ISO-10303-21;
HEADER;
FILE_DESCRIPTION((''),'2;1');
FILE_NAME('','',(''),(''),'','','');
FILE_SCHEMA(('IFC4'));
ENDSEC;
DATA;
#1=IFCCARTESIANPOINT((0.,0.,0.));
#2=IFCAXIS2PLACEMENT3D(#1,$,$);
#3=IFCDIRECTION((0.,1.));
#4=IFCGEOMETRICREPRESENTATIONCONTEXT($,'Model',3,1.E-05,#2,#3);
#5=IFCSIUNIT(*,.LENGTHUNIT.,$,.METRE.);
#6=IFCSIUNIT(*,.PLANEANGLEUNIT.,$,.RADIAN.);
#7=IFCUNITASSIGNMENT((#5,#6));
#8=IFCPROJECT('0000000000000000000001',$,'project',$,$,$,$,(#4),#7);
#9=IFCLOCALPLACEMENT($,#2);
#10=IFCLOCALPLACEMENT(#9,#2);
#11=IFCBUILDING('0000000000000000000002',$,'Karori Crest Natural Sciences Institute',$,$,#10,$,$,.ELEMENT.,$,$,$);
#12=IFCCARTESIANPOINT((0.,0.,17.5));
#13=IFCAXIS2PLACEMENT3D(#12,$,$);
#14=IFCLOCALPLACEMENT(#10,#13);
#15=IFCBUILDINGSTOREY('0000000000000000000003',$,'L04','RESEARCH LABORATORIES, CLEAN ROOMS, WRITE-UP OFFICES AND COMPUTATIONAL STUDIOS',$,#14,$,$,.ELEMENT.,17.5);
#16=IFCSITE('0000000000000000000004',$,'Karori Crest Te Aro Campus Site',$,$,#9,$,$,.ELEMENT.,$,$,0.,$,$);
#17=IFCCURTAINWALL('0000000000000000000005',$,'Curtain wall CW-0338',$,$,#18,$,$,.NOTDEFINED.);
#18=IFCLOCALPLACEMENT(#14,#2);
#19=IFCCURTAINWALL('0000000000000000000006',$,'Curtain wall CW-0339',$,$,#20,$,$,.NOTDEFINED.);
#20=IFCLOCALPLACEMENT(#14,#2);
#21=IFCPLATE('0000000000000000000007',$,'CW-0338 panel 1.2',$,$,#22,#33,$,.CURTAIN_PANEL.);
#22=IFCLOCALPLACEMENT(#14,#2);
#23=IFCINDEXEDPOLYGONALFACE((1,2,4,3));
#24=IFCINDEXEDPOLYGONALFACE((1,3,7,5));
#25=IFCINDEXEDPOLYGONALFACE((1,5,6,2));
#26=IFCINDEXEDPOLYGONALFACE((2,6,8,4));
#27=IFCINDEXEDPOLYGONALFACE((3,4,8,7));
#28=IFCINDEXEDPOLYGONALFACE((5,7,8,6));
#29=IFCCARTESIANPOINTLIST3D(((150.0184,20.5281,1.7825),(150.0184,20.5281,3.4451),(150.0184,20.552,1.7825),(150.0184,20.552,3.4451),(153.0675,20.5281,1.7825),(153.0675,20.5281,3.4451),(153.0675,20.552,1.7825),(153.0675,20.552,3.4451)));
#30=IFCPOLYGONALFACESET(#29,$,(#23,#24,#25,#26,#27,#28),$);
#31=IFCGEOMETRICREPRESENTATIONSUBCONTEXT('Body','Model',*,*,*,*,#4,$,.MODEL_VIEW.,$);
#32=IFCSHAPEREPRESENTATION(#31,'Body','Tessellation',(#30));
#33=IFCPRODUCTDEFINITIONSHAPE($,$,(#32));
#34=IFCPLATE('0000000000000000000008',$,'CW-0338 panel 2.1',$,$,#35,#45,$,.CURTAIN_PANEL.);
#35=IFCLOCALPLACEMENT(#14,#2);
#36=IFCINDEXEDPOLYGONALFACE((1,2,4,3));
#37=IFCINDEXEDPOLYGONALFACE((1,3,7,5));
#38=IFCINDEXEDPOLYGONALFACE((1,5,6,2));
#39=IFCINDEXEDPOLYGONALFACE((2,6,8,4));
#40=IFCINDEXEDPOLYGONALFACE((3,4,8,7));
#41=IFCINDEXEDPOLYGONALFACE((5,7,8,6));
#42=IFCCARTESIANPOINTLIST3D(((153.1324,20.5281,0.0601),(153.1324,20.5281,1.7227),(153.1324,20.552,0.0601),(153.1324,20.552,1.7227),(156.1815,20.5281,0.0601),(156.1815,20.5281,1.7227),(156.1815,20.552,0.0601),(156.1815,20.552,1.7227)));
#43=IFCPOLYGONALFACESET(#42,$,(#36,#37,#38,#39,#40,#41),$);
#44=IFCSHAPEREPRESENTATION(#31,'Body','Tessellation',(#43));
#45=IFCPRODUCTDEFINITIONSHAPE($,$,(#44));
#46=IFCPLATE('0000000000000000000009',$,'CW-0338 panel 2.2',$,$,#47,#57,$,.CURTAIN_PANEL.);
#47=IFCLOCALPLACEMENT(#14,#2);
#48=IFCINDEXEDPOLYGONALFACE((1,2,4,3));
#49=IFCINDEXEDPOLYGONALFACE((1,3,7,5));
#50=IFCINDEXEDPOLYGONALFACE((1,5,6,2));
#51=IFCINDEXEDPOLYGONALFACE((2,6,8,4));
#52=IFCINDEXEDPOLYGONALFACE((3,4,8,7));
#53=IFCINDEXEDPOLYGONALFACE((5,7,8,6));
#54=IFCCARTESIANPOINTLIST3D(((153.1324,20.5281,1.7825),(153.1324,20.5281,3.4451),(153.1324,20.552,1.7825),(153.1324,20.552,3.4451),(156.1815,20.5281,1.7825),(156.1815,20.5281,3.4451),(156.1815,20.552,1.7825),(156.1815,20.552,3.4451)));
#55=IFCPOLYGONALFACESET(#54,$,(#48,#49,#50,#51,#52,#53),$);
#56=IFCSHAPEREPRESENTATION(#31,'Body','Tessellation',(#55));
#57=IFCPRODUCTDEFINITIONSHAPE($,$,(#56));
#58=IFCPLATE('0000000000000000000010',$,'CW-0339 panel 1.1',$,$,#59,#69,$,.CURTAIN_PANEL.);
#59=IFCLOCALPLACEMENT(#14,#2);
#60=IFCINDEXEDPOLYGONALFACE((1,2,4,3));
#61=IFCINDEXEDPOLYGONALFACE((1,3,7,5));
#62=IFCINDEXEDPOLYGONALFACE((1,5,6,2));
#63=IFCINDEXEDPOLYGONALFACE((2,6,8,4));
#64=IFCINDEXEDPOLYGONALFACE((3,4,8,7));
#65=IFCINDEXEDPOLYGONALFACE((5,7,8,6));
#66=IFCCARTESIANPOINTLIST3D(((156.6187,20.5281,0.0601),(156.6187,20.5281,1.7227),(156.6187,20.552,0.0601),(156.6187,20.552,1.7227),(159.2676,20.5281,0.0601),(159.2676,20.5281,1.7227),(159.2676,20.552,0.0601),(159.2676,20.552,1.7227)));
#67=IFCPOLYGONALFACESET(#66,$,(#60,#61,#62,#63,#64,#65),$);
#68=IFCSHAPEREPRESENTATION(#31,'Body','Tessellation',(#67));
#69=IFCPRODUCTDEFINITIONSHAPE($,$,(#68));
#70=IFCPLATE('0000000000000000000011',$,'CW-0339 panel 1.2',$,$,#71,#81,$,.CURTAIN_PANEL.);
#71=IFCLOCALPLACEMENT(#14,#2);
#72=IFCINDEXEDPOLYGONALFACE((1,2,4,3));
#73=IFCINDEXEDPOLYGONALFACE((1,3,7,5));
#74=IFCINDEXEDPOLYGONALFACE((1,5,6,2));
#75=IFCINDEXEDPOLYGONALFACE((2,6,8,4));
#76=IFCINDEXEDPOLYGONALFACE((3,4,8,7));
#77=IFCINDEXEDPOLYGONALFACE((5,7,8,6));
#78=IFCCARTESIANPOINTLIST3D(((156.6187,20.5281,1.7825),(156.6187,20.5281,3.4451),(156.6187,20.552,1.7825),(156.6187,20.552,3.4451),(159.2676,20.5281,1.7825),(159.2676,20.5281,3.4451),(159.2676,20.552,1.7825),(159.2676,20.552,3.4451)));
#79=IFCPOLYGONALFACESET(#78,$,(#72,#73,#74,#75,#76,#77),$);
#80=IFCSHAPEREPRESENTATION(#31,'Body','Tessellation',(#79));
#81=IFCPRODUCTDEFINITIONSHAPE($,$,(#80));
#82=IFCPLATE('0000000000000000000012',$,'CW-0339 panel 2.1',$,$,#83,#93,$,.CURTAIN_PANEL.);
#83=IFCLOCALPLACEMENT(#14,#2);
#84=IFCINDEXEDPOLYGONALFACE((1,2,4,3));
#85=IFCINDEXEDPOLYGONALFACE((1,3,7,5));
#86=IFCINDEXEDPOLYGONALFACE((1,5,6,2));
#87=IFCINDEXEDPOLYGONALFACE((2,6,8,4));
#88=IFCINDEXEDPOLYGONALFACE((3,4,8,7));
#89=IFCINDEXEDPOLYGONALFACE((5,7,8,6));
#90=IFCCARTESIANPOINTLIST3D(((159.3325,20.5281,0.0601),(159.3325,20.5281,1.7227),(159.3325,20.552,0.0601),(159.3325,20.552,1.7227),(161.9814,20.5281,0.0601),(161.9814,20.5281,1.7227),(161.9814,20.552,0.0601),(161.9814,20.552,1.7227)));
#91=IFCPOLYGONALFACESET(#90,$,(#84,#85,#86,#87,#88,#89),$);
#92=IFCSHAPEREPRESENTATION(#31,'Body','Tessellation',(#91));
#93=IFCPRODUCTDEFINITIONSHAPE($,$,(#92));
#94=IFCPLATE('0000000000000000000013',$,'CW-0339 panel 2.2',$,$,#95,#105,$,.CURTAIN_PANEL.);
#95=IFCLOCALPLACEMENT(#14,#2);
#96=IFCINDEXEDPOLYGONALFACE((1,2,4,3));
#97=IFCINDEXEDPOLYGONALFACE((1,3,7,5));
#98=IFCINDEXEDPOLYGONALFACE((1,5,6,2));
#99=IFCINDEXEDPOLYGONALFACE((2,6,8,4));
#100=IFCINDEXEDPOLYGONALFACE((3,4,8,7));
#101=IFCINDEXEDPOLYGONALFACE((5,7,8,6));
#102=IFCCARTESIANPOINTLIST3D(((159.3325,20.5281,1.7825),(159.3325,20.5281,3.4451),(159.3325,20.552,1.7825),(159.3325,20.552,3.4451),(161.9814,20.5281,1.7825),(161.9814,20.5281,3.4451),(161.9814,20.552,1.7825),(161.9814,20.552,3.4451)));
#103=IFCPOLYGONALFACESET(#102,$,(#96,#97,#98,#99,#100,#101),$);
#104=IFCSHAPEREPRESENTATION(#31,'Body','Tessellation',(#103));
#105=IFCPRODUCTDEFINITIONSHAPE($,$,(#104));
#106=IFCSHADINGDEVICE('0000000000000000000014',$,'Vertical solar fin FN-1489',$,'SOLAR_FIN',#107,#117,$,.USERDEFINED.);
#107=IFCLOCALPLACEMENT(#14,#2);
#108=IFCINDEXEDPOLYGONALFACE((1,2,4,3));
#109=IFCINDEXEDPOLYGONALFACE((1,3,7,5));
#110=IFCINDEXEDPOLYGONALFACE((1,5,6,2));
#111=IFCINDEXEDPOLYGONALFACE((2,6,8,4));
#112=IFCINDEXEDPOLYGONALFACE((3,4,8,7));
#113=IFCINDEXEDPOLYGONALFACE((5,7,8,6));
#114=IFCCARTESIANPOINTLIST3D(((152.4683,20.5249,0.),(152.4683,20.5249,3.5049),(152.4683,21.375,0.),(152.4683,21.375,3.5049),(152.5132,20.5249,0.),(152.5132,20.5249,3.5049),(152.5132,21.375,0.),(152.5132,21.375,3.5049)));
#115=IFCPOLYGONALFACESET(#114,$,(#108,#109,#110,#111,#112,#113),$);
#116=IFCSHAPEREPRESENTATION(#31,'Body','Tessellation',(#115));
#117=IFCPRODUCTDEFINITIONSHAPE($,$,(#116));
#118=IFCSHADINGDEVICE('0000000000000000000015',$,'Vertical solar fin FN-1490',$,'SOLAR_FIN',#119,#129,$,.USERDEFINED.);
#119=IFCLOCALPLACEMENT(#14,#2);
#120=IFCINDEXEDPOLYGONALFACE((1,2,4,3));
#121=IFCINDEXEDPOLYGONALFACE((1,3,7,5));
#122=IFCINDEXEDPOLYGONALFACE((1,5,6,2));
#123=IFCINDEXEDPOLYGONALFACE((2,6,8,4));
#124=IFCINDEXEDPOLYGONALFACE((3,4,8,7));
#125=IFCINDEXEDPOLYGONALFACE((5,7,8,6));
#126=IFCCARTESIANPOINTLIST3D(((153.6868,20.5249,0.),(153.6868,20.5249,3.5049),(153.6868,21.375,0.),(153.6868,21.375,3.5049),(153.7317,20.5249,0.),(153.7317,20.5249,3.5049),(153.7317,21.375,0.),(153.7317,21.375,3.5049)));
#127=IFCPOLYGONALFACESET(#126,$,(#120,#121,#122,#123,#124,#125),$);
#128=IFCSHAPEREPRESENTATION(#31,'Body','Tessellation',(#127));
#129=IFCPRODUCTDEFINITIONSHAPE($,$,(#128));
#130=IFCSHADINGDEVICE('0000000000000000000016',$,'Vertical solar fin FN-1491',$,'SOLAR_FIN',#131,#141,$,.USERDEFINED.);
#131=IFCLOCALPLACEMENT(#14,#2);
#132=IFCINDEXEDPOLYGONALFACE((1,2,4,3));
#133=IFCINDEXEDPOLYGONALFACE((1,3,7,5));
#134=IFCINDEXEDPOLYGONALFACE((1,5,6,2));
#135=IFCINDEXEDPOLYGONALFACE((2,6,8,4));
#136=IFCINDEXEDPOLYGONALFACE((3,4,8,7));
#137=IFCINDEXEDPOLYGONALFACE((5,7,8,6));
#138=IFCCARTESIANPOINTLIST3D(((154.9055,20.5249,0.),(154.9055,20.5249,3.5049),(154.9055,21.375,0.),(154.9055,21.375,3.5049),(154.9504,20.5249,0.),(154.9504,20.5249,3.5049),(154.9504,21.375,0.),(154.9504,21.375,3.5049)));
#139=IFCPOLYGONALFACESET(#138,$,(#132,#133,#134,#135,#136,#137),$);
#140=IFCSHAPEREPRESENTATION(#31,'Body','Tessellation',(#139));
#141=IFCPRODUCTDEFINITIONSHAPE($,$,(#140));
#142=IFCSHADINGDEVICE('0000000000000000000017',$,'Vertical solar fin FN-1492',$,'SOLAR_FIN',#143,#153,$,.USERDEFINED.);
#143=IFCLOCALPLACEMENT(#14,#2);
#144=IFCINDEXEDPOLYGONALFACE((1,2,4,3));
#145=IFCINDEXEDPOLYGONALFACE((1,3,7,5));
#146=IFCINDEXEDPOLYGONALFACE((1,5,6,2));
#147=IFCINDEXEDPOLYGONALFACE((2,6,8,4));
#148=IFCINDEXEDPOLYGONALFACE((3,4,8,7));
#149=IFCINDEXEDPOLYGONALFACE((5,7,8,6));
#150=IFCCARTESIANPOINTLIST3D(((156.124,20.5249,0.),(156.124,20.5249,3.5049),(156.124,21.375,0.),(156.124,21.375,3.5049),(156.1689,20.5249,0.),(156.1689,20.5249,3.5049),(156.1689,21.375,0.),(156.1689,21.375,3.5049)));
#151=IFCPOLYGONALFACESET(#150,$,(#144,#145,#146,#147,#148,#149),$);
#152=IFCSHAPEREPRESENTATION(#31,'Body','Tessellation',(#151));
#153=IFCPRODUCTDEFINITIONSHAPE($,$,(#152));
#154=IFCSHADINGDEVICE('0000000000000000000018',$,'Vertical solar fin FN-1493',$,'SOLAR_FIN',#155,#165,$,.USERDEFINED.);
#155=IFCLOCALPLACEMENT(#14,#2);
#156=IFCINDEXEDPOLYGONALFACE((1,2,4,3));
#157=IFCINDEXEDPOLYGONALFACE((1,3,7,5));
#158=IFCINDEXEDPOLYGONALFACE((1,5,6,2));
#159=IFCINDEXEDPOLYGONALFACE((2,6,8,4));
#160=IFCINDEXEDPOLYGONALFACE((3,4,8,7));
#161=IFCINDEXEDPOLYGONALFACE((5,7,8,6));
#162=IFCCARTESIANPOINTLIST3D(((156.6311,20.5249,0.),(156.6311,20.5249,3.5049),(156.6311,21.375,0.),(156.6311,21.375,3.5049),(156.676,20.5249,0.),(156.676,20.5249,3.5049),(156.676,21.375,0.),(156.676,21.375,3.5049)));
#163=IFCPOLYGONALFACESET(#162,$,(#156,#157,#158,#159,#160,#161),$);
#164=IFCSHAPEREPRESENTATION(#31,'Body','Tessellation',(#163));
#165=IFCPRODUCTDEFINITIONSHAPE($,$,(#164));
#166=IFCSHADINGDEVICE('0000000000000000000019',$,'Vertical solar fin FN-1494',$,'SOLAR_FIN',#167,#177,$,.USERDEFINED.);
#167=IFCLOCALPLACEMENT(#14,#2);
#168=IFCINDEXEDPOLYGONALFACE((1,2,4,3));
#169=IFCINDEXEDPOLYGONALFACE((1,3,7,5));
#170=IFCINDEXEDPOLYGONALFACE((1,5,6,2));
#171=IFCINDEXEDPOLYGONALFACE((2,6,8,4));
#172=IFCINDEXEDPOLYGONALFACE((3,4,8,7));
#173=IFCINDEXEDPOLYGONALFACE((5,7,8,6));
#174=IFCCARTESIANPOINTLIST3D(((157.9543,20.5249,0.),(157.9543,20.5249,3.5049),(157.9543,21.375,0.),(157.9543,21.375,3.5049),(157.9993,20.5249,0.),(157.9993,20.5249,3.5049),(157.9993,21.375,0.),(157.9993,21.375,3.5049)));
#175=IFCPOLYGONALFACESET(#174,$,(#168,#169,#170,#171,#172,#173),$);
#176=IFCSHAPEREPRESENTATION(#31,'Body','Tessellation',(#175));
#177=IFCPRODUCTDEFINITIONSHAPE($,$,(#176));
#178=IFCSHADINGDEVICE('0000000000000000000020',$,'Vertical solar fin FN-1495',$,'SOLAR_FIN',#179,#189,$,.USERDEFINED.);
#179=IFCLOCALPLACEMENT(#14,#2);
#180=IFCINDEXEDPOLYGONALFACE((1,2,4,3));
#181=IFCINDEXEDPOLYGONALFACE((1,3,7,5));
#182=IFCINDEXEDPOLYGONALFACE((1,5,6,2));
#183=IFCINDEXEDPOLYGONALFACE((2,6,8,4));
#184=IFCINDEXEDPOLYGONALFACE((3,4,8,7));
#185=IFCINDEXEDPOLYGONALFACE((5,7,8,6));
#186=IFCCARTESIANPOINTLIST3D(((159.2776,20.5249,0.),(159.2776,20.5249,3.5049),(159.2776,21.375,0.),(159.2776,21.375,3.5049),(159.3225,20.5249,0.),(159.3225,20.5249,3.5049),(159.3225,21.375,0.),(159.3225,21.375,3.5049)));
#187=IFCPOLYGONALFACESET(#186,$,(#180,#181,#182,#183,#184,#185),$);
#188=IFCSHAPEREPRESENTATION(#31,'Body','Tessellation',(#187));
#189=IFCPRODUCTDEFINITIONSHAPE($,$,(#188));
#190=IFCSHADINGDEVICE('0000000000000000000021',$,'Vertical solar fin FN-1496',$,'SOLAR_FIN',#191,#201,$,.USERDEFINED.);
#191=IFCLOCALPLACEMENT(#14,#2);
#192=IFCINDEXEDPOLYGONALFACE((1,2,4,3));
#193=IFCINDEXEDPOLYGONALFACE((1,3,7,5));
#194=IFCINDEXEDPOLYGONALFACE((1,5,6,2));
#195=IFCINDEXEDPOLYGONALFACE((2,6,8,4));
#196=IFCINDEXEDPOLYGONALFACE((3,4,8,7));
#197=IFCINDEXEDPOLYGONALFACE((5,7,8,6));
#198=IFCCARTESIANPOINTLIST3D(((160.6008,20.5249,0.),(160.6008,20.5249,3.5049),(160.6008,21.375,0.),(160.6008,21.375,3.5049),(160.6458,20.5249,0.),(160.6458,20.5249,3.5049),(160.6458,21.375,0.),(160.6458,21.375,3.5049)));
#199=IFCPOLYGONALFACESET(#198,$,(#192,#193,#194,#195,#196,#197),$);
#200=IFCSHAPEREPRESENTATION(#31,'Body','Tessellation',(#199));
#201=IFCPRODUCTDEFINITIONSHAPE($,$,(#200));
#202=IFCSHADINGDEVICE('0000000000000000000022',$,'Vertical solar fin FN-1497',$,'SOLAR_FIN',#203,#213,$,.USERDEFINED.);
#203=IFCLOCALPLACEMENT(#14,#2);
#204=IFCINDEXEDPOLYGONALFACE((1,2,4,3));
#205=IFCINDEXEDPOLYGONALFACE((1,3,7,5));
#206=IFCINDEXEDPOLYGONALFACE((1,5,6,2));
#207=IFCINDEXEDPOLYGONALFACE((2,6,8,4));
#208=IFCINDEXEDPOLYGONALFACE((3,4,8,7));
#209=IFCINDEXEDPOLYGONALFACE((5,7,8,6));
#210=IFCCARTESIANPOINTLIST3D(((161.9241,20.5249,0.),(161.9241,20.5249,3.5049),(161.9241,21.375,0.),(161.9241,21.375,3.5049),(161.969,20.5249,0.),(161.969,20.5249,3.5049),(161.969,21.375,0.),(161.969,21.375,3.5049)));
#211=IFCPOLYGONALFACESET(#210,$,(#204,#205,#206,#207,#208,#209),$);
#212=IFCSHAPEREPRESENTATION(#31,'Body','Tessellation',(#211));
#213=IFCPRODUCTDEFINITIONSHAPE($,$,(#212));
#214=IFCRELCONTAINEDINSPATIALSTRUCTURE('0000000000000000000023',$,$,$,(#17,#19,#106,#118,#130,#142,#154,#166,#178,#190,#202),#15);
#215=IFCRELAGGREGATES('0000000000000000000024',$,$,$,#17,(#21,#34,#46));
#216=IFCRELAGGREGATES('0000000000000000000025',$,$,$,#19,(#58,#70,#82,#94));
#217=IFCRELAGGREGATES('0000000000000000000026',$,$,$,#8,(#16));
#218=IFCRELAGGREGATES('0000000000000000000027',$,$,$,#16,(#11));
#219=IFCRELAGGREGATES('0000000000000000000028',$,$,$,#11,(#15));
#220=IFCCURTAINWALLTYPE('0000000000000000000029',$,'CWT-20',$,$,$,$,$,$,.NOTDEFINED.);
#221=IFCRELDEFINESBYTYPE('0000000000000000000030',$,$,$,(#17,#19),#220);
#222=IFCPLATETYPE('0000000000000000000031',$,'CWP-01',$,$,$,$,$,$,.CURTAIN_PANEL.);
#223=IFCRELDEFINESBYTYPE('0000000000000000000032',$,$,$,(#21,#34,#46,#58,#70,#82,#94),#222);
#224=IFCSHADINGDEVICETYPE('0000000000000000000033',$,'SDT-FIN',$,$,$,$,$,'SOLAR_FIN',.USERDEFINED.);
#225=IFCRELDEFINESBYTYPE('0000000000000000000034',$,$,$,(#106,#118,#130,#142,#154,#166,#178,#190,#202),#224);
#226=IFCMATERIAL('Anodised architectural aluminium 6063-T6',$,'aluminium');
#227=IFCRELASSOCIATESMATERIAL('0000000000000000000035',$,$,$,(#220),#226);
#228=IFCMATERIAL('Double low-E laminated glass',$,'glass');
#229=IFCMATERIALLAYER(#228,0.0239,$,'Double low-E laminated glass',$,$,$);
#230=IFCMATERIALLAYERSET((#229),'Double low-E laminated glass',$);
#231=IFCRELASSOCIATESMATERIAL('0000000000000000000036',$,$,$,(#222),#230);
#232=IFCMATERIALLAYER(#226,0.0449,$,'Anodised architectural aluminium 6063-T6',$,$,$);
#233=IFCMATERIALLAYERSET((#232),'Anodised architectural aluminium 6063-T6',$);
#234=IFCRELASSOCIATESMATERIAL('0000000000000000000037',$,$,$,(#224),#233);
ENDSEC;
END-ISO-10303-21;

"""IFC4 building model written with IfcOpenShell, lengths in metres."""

from ifc_helpers import new_model, si_unit, direction, frame, origin, origin_2d, place, context, subcontext, project, spatial, rectangle, extrude, material, layer, layer_set, type_object, element, aggregate, save


model = new_model("IFC4")

# Units and contexts
model_context = context("Model", 3, precision=1e-05, world=origin(), true_north=direction((0.0, 1.0)))
body_context = subcontext(model_context, "Body", "Model", "MODEL_VIEW")
ifc_project = project(units=[si_unit("LENGTHUNIT", "METRE"), si_unit("PLANEANGLEUNIT", "RADIAN")], contexts=[model_context])

# Site, building, storey
site_placement = place(None, origin())
site = spatial("IfcSite", under=ifc_project, at=site_placement, Name="Karori Crest Te Aro Campus Site", CompositionType="ELEMENT", RefElevation=0.0)
building_placement = place(site_placement, origin())
building = spatial("IfcBuilding", under=site, at=building_placement, Name="Karori Crest Natural Sciences Institute", CompositionType="ELEMENT")
storey_placement = place(building_placement, frame((0.0, 0.0, 17.5)))
storey = spatial("IfcBuildingStorey", under=building, at=storey_placement, Name="L04", Description="RESEARCH LABORATORIES, CLEAN ROOMS, WRITE-UP OFFICES AND COMPUTATIONAL STUDIOS", CompositionType="ELEMENT", Elevation=17.5)

# Curtain walls
ifc_material_1 = material(Name="Anodised architectural aluminium 6063-T6", Category="aluminium")
curtain_wall_type = type_object("IfcCurtainWallType", Name="CWT-20", PredefinedType="NOTDEFINED", material=ifc_material_1)
curtain_wall_1_placement = place(storey_placement, origin())
curtain_wall_1 = element("IfcCurtainWall", 1, at=curtain_wall_1_placement, inside=storey, type_object=curtain_wall_type, Name="Curtain wall CW-0338", PredefinedType="NOTDEFINED")
curtain_wall_2_placement = place(storey_placement, origin())
curtain_wall_2 = element("IfcCurtainWall", 2, at=curtain_wall_2_placement, inside=storey, type_object=curtain_wall_type, Name="Curtain wall CW-0339", PredefinedType="NOTDEFINED")

# Plates
ifc_material_2 = material(Name="Double low-E laminated glass", Category="glass")
ifc_layer_1 = layer(ifc_material_2, 0.0239, Name="Double low-E laminated glass")
ifc_layer_set_1 = layer_set([ifc_layer_1], Name="Double low-E laminated glass")
plate_type = type_object("IfcPlateType", Name="CWP-01", PredefinedType="CURTAIN_PANEL", material=ifc_layer_set_1)
plate_1_placement = place(storey_placement, frame((151.543, 20.54, 1.7825), z_axis=(0.0, 0.0, 1.0), x_axis=(1.0, 0.0, 0.0)))
plate_1 = element("IfcPlate", 3, at=plate_1_placement, type_object=plate_type, Name="CW-0338 panel 1.2", PredefinedType="CURTAIN_PANEL", context=body_context, shape_type="SweptSolid", body=[
    extrude(rectangle(XDim=3.0491, YDim=0.0239, at=origin_2d()), origin(), (0.0, 0.0, 1.0), 1.6626),
])
plate_2_placement = place(storey_placement, frame((154.657, 20.54, 0.0601), z_axis=(0.0, 0.0, 1.0), x_axis=(1.0, 0.0, 0.0)))
plate_2 = element("IfcPlate", 4, at=plate_2_placement, type_object=plate_type, Name="CW-0338 panel 2.1", PredefinedType="CURTAIN_PANEL", context=body_context, shape_type="SweptSolid", body=[
    extrude(rectangle(XDim=3.0491, YDim=0.0239, at=origin_2d()), origin(), (0.0, 0.0, 1.0), 1.6626),
])
plate_3_placement = place(storey_placement, frame((154.657, 20.54, 1.7825), z_axis=(0.0, 0.0, 1.0), x_axis=(1.0, 0.0, 0.0)))
plate_3 = element("IfcPlate", 5, at=plate_3_placement, type_object=plate_type, Name="CW-0338 panel 2.2", PredefinedType="CURTAIN_PANEL", context=body_context, shape_type="SweptSolid", body=[
    extrude(rectangle(XDim=3.0491, YDim=0.0239, at=origin_2d()), origin(), (0.0, 0.0, 1.0), 1.6626),
])
aggregate(curtain_wall_1, [plate_1, plate_2, plate_3])
plate_4_placement = place(storey_placement, frame((157.9431, 20.54, 0.0601), z_axis=(0.0, 0.0, 1.0), x_axis=(1.0, 0.0, 0.0)))
plate_4 = element("IfcPlate", 6, at=plate_4_placement, type_object=plate_type, Name="CW-0339 panel 1.1", PredefinedType="CURTAIN_PANEL", context=body_context, shape_type="SweptSolid", body=[
    extrude(rectangle(XDim=2.6489, YDim=0.0239, at=origin_2d()), origin(), (0.0, 0.0, 1.0), 1.6626),
])
plate_5_placement = place(storey_placement, frame((157.9431, 20.54, 1.7825), z_axis=(0.0, 0.0, 1.0), x_axis=(1.0, 0.0, 0.0)))
plate_5 = element("IfcPlate", 7, at=plate_5_placement, type_object=plate_type, Name="CW-0339 panel 1.2", PredefinedType="CURTAIN_PANEL", context=body_context, shape_type="SweptSolid", body=[
    extrude(rectangle(XDim=2.6489, YDim=0.0239, at=origin_2d()), origin(), (0.0, 0.0, 1.0), 1.6626),
])
plate_6_placement = place(storey_placement, frame((160.657, 20.54, 0.0601), z_axis=(0.0, 0.0, 1.0), x_axis=(1.0, 0.0, 0.0)))
plate_6 = element("IfcPlate", 8, at=plate_6_placement, type_object=plate_type, Name="CW-0339 panel 2.1", PredefinedType="CURTAIN_PANEL", context=body_context, shape_type="SweptSolid", body=[
    extrude(rectangle(XDim=2.6489, YDim=0.0239, at=origin_2d()), origin(), (0.0, 0.0, 1.0), 1.6626),
])
plate_7_placement = place(storey_placement, frame((160.657, 20.54, 1.7825), z_axis=(0.0, 0.0, 1.0), x_axis=(1.0, 0.0, 0.0)))
plate_7 = element("IfcPlate", 9, at=plate_7_placement, type_object=plate_type, Name="CW-0339 panel 2.2", PredefinedType="CURTAIN_PANEL", context=body_context, shape_type="SweptSolid", body=[
    extrude(rectangle(XDim=2.6489, YDim=0.0239, at=origin_2d()), origin(), (0.0, 0.0, 1.0), 1.6626),
])
aggregate(curtain_wall_2, [plate_4, plate_5, plate_6, plate_7])

# Shading devices
ifc_layer_2 = layer(ifc_material_1, 0.0449, Name="Anodised architectural aluminium 6063-T6")
ifc_layer_set_2 = layer_set([ifc_layer_2], Name="Anodised architectural aluminium 6063-T6")
shading_device_type = type_object("IfcShadingDeviceType", Name="SDT-FIN", ElementType="SOLAR_FIN", PredefinedType="USERDEFINED", material=ifc_layer_set_2)
for number, where, z_axis, x_axis, name in (
    (10, (152.4907, 20.95, 0.0), (0.0, 0.0, 1.0), (0.0, 1.0, 0.0), "Vertical solar fin FN-1489"),
    (11, (153.7092, 20.95, 0.0), (0.0, 0.0, 1.0), (0.0, 1.0, 0.0), "Vertical solar fin FN-1490"),
    (12, (154.928, 20.95, 0.0), (0.0, 0.0, 1.0), (0.0, 1.0, 0.0), "Vertical solar fin FN-1491"),
    (13, (156.1465, 20.95, 0.0), (0.0, 0.0, 1.0), (0.0, 1.0, 0.0), "Vertical solar fin FN-1492"),
    (14, (156.6536, 20.95, 0.0), (0.0, 0.0, 1.0), (0.0, 1.0, 0.0), "Vertical solar fin FN-1493"),
    (15, (157.9768, 20.95, 0.0), (0.0, 0.0, 1.0), (0.0, 1.0, 0.0), "Vertical solar fin FN-1494"),
    (16, (159.3, 20.95, 0.0), (0.0, 0.0, 1.0), (0.0, 1.0, 0.0), "Vertical solar fin FN-1495"),
    (17, (160.6233, 20.95, 0.0), (0.0, 0.0, 1.0), (0.0, 1.0, 0.0), "Vertical solar fin FN-1496"),
    (18, (161.9465, 20.95, 0.0), (0.0, 0.0, 1.0), (0.0, 1.0, 0.0), "Vertical solar fin FN-1497"),
):
    element("IfcShadingDevice", number, at=place(storey_placement, frame(where, z_axis=z_axis, x_axis=x_axis)), inside=storey, type_object=shading_device_type, Name=name, ObjectType="SOLAR_FIN", PredefinedType="USERDEFINED", context=body_context, shape_type="SweptSolid", body=[
        extrude(rectangle(XDim=0.8501, YDim=0.0449, at=origin_2d()), origin(), (0.0, 0.0, 1.0), 3.5049),
    ])

save(model, "model.ifc")
